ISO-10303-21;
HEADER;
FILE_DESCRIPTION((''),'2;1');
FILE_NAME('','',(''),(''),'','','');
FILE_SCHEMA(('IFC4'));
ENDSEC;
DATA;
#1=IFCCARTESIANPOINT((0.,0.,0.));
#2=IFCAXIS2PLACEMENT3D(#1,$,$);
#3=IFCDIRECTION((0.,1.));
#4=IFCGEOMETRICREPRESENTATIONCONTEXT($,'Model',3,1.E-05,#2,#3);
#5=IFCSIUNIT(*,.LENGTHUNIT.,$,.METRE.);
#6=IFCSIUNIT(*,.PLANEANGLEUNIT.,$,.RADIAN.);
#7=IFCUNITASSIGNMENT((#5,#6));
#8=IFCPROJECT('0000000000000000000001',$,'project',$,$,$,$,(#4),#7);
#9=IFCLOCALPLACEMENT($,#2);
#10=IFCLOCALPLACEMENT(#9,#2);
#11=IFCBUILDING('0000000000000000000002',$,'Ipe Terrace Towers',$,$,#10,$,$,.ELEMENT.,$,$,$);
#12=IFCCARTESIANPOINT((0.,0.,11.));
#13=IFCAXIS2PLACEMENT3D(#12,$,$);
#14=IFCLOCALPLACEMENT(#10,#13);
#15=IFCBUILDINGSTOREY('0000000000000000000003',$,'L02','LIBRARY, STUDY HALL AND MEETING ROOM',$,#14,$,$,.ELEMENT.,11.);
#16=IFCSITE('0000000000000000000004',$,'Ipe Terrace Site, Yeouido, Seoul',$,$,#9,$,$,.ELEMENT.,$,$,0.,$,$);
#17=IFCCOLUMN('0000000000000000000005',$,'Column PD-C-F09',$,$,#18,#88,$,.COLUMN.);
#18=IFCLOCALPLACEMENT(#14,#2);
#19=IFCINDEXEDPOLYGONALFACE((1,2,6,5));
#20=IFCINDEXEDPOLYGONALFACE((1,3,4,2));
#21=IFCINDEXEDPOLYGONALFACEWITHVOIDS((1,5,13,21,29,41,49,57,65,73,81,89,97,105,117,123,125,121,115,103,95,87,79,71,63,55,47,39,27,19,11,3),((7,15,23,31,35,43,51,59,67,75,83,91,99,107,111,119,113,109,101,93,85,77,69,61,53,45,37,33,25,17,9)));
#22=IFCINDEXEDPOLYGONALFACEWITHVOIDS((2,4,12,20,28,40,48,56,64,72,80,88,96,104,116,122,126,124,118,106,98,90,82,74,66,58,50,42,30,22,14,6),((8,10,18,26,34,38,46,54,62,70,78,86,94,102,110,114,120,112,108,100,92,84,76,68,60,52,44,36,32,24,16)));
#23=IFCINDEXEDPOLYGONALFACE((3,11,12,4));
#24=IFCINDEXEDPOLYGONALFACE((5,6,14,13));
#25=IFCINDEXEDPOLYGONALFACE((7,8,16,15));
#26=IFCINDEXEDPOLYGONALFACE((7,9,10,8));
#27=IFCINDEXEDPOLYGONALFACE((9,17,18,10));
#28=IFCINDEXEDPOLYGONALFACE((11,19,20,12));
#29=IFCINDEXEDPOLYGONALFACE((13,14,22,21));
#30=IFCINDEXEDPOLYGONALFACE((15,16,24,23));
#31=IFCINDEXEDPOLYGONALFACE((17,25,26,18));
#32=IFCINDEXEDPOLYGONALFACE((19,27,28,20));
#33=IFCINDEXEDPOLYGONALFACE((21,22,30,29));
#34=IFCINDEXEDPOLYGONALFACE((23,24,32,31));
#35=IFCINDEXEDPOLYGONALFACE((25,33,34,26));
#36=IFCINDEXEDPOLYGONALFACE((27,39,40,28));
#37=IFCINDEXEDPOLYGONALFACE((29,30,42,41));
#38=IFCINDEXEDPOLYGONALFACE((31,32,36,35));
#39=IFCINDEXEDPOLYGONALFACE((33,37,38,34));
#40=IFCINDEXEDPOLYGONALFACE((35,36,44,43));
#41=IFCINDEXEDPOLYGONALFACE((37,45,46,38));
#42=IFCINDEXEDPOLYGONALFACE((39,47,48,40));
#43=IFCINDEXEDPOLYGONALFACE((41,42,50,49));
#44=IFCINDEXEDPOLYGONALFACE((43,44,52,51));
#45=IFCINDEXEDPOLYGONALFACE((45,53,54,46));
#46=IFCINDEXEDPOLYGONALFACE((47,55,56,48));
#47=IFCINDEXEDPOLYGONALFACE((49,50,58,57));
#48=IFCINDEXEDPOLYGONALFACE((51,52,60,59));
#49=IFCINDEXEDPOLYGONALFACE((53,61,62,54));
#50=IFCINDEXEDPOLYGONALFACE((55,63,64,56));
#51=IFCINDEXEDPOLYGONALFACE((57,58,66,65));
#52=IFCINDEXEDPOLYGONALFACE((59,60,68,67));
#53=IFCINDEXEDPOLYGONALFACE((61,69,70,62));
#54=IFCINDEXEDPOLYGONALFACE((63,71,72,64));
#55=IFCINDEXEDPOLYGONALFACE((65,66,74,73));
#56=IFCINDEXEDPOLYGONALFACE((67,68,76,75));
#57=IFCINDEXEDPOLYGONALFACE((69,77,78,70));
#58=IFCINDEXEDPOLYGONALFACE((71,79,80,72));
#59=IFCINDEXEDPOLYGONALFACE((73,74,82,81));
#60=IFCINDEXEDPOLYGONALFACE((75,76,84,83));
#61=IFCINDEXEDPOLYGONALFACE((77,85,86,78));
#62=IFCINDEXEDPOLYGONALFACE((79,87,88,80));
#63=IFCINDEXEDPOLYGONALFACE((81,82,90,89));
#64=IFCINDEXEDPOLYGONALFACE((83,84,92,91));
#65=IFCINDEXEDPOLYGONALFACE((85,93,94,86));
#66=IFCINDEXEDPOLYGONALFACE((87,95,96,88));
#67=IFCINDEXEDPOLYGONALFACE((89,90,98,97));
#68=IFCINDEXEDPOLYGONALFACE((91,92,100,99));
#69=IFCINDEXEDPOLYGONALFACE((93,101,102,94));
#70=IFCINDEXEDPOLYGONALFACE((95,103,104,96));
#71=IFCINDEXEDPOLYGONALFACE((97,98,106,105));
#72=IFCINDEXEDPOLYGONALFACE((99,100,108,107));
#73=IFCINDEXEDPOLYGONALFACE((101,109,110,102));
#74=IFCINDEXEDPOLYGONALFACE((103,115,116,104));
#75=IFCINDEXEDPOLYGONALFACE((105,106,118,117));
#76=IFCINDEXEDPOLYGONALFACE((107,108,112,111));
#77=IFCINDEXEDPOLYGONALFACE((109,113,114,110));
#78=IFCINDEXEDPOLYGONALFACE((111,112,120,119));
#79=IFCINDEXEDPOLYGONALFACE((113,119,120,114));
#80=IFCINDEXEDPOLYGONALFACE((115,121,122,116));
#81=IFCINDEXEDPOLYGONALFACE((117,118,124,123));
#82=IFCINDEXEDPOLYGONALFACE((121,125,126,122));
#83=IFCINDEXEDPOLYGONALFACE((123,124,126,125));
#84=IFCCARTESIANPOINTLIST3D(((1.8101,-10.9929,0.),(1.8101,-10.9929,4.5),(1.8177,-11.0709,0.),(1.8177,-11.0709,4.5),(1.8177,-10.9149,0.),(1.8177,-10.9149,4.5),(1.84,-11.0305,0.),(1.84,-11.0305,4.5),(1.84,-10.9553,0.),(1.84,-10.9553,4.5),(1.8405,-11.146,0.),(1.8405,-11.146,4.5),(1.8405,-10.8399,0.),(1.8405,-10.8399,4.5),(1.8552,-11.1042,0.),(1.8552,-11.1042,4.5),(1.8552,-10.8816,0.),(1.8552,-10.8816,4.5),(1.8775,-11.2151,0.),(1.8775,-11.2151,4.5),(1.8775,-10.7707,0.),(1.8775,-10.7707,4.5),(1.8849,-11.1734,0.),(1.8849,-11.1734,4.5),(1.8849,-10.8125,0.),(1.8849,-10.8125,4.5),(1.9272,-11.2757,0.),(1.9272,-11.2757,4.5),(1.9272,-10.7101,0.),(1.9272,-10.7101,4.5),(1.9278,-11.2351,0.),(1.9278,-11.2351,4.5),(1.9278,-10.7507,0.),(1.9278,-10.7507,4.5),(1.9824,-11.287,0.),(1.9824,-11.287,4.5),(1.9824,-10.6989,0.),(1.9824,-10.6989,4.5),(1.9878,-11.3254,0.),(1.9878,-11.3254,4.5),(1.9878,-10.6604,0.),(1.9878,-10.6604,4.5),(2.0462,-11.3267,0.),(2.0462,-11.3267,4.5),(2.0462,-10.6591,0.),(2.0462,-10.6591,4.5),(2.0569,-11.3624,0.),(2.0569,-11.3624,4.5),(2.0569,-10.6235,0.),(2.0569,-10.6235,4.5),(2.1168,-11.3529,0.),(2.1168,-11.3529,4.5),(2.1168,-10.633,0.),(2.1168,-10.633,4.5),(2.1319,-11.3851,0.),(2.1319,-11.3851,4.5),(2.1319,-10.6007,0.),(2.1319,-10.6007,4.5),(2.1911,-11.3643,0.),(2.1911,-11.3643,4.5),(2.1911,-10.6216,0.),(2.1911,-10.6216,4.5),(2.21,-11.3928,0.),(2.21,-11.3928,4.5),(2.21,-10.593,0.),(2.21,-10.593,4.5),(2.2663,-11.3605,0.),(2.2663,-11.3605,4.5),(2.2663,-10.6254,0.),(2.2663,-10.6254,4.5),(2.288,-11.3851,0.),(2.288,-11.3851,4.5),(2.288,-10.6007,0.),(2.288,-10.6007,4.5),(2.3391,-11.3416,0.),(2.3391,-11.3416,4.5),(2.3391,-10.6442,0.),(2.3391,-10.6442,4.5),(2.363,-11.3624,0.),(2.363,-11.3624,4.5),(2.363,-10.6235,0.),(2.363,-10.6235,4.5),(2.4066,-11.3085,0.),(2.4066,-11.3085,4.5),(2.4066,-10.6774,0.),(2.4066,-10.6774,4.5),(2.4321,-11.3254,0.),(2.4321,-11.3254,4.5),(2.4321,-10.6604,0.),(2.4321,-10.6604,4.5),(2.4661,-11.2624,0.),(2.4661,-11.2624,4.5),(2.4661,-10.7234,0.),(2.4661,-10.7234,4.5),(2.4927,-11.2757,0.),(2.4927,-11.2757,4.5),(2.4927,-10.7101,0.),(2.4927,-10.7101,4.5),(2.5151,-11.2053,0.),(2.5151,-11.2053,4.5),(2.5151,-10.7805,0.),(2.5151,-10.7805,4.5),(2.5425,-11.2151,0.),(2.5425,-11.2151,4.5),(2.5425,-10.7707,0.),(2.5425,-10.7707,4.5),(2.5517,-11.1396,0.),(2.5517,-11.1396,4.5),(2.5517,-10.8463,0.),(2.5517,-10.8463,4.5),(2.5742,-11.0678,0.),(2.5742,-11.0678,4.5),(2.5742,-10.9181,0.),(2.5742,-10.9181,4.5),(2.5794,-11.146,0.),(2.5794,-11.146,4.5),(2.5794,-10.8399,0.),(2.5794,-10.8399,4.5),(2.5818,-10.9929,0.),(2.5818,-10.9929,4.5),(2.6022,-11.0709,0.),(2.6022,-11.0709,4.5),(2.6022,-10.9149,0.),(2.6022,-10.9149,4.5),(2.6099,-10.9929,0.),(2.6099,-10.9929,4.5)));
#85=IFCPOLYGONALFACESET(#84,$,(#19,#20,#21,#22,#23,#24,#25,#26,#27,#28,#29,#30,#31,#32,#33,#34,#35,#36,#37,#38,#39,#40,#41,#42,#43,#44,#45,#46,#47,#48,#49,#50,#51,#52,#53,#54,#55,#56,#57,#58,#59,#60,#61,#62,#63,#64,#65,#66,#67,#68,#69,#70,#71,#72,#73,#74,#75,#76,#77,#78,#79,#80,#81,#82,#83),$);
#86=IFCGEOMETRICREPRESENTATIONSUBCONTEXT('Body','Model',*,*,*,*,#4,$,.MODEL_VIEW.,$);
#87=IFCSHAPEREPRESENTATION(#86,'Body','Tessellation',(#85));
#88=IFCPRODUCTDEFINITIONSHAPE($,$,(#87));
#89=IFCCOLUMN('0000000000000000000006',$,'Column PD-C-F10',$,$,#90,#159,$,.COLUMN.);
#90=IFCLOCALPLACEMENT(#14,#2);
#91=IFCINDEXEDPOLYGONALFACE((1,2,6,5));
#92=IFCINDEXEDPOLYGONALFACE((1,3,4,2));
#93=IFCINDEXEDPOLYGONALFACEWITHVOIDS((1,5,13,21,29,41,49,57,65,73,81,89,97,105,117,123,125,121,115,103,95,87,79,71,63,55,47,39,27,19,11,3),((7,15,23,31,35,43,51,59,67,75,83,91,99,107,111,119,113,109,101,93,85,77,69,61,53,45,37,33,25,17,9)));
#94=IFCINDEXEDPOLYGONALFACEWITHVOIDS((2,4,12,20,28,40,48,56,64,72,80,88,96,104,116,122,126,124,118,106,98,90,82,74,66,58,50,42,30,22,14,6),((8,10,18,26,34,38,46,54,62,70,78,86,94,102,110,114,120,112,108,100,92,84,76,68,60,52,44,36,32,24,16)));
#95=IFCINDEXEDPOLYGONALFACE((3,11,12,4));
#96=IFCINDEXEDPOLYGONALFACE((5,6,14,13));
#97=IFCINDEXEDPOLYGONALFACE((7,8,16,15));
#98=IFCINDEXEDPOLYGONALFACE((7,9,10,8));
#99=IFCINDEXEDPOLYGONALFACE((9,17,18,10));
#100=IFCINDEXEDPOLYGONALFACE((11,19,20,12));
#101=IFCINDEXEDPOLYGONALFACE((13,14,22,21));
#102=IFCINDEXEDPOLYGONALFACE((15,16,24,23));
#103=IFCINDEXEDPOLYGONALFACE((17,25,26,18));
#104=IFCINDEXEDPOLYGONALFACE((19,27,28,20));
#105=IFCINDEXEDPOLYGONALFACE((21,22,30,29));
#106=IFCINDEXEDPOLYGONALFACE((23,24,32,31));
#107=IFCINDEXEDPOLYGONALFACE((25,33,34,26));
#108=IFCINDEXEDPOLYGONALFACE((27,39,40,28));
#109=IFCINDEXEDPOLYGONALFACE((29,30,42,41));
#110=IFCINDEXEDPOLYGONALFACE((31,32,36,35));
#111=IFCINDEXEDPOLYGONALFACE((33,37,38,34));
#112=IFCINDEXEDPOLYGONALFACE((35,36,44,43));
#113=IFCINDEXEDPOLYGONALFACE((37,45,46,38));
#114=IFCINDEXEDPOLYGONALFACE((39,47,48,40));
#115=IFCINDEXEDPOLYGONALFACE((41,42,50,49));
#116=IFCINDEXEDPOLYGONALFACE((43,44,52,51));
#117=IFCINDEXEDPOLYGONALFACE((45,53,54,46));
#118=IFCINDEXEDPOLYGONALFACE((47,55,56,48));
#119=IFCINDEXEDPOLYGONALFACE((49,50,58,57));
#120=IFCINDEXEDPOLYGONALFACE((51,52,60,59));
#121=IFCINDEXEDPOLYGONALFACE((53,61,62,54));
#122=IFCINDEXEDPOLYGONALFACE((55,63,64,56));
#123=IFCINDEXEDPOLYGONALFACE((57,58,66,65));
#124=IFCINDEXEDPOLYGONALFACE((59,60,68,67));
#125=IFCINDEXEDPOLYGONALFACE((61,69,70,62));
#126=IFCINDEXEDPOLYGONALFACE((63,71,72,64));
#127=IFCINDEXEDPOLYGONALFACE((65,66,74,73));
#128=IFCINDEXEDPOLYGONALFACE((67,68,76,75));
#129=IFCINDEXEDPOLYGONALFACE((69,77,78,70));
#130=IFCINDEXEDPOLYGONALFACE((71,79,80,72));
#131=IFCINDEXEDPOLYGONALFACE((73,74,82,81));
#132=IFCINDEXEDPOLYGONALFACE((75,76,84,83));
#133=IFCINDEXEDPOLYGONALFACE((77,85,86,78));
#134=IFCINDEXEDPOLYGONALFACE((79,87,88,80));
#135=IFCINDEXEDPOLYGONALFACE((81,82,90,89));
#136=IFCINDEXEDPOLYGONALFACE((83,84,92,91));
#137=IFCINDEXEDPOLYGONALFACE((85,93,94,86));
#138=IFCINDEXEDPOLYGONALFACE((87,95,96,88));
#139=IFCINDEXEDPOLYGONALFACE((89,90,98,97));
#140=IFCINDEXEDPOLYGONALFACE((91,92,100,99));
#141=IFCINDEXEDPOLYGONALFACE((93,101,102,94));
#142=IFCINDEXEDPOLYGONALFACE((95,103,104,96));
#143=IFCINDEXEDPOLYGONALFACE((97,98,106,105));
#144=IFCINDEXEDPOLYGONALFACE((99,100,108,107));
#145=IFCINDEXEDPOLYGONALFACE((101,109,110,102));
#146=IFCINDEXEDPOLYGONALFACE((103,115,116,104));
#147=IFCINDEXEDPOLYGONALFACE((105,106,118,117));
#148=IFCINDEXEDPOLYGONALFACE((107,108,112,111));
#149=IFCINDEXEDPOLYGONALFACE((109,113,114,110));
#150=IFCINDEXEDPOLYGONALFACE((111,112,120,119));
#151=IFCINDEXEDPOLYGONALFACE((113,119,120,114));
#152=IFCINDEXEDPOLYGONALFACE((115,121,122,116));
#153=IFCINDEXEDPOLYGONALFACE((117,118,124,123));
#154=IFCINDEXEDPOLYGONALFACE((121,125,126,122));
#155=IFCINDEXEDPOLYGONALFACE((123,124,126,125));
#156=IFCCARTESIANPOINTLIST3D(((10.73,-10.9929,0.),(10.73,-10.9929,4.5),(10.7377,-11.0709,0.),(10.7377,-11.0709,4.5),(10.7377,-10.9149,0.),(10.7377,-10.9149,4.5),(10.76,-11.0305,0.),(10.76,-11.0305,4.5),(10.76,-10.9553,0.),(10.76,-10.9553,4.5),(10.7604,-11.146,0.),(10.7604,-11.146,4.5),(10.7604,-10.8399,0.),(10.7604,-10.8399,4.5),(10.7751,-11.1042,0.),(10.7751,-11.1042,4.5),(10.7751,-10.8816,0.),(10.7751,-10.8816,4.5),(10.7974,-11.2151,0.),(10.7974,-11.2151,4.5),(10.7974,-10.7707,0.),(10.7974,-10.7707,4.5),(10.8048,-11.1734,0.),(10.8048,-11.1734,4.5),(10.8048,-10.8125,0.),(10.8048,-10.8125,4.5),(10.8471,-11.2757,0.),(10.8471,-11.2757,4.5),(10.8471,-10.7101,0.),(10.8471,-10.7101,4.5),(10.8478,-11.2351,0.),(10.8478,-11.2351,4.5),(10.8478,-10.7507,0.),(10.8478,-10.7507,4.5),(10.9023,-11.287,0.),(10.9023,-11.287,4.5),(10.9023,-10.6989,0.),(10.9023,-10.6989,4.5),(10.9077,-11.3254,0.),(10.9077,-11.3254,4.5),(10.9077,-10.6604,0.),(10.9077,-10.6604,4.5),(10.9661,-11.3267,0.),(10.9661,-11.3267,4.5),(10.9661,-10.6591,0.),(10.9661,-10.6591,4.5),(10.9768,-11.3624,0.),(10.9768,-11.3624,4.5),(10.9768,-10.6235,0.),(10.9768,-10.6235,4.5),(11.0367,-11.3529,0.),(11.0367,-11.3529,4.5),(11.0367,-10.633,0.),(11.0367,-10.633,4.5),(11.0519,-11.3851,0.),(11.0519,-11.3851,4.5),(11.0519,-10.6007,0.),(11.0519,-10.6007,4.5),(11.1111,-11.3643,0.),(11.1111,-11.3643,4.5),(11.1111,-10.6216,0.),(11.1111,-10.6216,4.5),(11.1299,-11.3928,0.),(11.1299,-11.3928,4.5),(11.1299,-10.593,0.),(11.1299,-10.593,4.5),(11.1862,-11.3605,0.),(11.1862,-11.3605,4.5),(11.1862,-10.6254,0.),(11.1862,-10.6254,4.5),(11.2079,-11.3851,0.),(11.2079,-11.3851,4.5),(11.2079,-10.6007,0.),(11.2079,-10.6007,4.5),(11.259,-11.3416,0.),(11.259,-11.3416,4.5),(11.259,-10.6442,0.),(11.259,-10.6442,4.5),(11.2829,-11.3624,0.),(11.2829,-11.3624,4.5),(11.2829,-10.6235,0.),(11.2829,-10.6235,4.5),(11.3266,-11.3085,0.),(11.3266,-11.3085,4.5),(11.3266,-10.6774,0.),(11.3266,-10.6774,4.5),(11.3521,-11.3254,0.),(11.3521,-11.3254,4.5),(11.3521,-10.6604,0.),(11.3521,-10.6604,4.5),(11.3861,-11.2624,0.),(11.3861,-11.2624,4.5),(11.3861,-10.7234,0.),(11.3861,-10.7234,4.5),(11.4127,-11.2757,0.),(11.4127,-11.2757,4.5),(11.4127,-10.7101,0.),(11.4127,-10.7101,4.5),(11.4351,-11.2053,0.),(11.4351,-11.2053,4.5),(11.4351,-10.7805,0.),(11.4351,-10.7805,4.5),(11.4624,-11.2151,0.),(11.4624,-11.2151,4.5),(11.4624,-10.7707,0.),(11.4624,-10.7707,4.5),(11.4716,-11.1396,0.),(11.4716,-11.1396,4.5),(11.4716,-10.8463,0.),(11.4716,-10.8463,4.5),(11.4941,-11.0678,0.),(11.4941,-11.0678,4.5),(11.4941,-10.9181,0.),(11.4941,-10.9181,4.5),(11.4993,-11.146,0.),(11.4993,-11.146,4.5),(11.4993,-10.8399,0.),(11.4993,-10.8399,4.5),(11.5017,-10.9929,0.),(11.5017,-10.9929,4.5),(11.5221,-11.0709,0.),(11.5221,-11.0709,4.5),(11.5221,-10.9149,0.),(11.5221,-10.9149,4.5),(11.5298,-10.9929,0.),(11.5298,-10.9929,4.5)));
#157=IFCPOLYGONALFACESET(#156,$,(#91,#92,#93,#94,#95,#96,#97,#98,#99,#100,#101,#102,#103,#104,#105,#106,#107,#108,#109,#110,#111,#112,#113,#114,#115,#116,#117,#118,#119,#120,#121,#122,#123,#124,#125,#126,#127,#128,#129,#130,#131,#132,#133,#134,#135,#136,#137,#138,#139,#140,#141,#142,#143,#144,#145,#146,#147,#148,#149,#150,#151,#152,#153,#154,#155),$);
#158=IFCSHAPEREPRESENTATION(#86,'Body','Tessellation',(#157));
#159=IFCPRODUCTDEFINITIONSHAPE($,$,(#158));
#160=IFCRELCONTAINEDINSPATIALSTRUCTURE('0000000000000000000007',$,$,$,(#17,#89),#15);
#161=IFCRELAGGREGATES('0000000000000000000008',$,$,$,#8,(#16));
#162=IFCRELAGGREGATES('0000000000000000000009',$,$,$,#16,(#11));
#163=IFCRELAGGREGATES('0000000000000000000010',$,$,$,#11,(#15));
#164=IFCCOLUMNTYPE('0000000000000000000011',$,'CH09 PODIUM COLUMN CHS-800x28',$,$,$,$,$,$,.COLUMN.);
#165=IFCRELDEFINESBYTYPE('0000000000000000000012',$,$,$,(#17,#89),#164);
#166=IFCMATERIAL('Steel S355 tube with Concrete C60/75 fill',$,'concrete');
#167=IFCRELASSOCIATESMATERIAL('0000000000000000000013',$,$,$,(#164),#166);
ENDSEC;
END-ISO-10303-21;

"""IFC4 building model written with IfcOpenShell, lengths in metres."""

from ifc_helpers import new_model, si_unit, direction, frame, origin, origin_2d, place, context, subcontext, project, spatial, hollow_circle, extrude, material, material_profile, profile_set, type_object, element, save


model = new_model("IFC4")

# Units and contexts
model_context = context("Model", 3, precision=1e-05, world=origin(), true_north=direction((0.0, 1.0)))
body_context = subcontext(model_context, "Body", "Model", "MODEL_VIEW")
ifc_project = project(units=[si_unit("LENGTHUNIT", "METRE"), si_unit("PLANEANGLEUNIT", "RADIAN")], contexts=[model_context])

# Site, building, storey
site_placement = place(None, origin())
site = spatial("IfcSite", under=ifc_project, at=site_placement, Name="Ipe Terrace Site, Yeouido, Seoul", CompositionType="ELEMENT", RefElevation=0.0)
building_placement = place(site_placement, origin())
building = spatial("IfcBuilding", under=site, at=building_placement, Name="Ipe Terrace Towers", CompositionType="ELEMENT")
storey_placement = place(building_placement, frame((0.0, 0.0, 11.0)))
storey = spatial("IfcBuildingStorey", under=building, at=storey_placement, Name="L02", Description="LIBRARY, STUDY HALL AND MEETING ROOM", CompositionType="ELEMENT", Elevation=11.0)

# Columns
ifc_material_1 = material(Name="Steel S355 tube with Concrete C60/75 fill", Category="concrete")
ifc_material_profile = material_profile(ifc_material_1, hollow_circle(Radius=0.3999, WallThickness=0.0281, at=origin_2d()), Name="CHS-800x28")
ifc_profile_set = profile_set([ifc_material_profile], Name="Steel S355 tube with Concrete C60/75 fill")
column_type = type_object("IfcColumnType", Name="CH09 PODIUM COLUMN CHS-800x28", PredefinedType="COLUMN", material=ifc_profile_set)
for number, where, z_axis, x_axis, name in (
    (1, (2.21, -10.9929, 0.0), (0.0, 0.0, 1.0), (1.0, 0.0, 0.0), "Column PD-C-F09"),
    (2, (11.1299, -10.9929, 0.0), (0.0, 0.0, 1.0), (1.0, 0.0, 0.0), "Column PD-C-F10"),
):
    element("IfcColumn", number, at=place(storey_placement, frame(where, z_axis=z_axis, x_axis=x_axis)), inside=storey, type_object=column_type, Name=name, PredefinedType="COLUMN", context=body_context, shape_type="SweptSolid", body=[
        extrude(hollow_circle(Radius=0.3999, WallThickness=0.0281, at=origin_2d()), origin(), (0.0, 0.0, 1.0), 4.5),
    ])

save(model, "model.ifc")
